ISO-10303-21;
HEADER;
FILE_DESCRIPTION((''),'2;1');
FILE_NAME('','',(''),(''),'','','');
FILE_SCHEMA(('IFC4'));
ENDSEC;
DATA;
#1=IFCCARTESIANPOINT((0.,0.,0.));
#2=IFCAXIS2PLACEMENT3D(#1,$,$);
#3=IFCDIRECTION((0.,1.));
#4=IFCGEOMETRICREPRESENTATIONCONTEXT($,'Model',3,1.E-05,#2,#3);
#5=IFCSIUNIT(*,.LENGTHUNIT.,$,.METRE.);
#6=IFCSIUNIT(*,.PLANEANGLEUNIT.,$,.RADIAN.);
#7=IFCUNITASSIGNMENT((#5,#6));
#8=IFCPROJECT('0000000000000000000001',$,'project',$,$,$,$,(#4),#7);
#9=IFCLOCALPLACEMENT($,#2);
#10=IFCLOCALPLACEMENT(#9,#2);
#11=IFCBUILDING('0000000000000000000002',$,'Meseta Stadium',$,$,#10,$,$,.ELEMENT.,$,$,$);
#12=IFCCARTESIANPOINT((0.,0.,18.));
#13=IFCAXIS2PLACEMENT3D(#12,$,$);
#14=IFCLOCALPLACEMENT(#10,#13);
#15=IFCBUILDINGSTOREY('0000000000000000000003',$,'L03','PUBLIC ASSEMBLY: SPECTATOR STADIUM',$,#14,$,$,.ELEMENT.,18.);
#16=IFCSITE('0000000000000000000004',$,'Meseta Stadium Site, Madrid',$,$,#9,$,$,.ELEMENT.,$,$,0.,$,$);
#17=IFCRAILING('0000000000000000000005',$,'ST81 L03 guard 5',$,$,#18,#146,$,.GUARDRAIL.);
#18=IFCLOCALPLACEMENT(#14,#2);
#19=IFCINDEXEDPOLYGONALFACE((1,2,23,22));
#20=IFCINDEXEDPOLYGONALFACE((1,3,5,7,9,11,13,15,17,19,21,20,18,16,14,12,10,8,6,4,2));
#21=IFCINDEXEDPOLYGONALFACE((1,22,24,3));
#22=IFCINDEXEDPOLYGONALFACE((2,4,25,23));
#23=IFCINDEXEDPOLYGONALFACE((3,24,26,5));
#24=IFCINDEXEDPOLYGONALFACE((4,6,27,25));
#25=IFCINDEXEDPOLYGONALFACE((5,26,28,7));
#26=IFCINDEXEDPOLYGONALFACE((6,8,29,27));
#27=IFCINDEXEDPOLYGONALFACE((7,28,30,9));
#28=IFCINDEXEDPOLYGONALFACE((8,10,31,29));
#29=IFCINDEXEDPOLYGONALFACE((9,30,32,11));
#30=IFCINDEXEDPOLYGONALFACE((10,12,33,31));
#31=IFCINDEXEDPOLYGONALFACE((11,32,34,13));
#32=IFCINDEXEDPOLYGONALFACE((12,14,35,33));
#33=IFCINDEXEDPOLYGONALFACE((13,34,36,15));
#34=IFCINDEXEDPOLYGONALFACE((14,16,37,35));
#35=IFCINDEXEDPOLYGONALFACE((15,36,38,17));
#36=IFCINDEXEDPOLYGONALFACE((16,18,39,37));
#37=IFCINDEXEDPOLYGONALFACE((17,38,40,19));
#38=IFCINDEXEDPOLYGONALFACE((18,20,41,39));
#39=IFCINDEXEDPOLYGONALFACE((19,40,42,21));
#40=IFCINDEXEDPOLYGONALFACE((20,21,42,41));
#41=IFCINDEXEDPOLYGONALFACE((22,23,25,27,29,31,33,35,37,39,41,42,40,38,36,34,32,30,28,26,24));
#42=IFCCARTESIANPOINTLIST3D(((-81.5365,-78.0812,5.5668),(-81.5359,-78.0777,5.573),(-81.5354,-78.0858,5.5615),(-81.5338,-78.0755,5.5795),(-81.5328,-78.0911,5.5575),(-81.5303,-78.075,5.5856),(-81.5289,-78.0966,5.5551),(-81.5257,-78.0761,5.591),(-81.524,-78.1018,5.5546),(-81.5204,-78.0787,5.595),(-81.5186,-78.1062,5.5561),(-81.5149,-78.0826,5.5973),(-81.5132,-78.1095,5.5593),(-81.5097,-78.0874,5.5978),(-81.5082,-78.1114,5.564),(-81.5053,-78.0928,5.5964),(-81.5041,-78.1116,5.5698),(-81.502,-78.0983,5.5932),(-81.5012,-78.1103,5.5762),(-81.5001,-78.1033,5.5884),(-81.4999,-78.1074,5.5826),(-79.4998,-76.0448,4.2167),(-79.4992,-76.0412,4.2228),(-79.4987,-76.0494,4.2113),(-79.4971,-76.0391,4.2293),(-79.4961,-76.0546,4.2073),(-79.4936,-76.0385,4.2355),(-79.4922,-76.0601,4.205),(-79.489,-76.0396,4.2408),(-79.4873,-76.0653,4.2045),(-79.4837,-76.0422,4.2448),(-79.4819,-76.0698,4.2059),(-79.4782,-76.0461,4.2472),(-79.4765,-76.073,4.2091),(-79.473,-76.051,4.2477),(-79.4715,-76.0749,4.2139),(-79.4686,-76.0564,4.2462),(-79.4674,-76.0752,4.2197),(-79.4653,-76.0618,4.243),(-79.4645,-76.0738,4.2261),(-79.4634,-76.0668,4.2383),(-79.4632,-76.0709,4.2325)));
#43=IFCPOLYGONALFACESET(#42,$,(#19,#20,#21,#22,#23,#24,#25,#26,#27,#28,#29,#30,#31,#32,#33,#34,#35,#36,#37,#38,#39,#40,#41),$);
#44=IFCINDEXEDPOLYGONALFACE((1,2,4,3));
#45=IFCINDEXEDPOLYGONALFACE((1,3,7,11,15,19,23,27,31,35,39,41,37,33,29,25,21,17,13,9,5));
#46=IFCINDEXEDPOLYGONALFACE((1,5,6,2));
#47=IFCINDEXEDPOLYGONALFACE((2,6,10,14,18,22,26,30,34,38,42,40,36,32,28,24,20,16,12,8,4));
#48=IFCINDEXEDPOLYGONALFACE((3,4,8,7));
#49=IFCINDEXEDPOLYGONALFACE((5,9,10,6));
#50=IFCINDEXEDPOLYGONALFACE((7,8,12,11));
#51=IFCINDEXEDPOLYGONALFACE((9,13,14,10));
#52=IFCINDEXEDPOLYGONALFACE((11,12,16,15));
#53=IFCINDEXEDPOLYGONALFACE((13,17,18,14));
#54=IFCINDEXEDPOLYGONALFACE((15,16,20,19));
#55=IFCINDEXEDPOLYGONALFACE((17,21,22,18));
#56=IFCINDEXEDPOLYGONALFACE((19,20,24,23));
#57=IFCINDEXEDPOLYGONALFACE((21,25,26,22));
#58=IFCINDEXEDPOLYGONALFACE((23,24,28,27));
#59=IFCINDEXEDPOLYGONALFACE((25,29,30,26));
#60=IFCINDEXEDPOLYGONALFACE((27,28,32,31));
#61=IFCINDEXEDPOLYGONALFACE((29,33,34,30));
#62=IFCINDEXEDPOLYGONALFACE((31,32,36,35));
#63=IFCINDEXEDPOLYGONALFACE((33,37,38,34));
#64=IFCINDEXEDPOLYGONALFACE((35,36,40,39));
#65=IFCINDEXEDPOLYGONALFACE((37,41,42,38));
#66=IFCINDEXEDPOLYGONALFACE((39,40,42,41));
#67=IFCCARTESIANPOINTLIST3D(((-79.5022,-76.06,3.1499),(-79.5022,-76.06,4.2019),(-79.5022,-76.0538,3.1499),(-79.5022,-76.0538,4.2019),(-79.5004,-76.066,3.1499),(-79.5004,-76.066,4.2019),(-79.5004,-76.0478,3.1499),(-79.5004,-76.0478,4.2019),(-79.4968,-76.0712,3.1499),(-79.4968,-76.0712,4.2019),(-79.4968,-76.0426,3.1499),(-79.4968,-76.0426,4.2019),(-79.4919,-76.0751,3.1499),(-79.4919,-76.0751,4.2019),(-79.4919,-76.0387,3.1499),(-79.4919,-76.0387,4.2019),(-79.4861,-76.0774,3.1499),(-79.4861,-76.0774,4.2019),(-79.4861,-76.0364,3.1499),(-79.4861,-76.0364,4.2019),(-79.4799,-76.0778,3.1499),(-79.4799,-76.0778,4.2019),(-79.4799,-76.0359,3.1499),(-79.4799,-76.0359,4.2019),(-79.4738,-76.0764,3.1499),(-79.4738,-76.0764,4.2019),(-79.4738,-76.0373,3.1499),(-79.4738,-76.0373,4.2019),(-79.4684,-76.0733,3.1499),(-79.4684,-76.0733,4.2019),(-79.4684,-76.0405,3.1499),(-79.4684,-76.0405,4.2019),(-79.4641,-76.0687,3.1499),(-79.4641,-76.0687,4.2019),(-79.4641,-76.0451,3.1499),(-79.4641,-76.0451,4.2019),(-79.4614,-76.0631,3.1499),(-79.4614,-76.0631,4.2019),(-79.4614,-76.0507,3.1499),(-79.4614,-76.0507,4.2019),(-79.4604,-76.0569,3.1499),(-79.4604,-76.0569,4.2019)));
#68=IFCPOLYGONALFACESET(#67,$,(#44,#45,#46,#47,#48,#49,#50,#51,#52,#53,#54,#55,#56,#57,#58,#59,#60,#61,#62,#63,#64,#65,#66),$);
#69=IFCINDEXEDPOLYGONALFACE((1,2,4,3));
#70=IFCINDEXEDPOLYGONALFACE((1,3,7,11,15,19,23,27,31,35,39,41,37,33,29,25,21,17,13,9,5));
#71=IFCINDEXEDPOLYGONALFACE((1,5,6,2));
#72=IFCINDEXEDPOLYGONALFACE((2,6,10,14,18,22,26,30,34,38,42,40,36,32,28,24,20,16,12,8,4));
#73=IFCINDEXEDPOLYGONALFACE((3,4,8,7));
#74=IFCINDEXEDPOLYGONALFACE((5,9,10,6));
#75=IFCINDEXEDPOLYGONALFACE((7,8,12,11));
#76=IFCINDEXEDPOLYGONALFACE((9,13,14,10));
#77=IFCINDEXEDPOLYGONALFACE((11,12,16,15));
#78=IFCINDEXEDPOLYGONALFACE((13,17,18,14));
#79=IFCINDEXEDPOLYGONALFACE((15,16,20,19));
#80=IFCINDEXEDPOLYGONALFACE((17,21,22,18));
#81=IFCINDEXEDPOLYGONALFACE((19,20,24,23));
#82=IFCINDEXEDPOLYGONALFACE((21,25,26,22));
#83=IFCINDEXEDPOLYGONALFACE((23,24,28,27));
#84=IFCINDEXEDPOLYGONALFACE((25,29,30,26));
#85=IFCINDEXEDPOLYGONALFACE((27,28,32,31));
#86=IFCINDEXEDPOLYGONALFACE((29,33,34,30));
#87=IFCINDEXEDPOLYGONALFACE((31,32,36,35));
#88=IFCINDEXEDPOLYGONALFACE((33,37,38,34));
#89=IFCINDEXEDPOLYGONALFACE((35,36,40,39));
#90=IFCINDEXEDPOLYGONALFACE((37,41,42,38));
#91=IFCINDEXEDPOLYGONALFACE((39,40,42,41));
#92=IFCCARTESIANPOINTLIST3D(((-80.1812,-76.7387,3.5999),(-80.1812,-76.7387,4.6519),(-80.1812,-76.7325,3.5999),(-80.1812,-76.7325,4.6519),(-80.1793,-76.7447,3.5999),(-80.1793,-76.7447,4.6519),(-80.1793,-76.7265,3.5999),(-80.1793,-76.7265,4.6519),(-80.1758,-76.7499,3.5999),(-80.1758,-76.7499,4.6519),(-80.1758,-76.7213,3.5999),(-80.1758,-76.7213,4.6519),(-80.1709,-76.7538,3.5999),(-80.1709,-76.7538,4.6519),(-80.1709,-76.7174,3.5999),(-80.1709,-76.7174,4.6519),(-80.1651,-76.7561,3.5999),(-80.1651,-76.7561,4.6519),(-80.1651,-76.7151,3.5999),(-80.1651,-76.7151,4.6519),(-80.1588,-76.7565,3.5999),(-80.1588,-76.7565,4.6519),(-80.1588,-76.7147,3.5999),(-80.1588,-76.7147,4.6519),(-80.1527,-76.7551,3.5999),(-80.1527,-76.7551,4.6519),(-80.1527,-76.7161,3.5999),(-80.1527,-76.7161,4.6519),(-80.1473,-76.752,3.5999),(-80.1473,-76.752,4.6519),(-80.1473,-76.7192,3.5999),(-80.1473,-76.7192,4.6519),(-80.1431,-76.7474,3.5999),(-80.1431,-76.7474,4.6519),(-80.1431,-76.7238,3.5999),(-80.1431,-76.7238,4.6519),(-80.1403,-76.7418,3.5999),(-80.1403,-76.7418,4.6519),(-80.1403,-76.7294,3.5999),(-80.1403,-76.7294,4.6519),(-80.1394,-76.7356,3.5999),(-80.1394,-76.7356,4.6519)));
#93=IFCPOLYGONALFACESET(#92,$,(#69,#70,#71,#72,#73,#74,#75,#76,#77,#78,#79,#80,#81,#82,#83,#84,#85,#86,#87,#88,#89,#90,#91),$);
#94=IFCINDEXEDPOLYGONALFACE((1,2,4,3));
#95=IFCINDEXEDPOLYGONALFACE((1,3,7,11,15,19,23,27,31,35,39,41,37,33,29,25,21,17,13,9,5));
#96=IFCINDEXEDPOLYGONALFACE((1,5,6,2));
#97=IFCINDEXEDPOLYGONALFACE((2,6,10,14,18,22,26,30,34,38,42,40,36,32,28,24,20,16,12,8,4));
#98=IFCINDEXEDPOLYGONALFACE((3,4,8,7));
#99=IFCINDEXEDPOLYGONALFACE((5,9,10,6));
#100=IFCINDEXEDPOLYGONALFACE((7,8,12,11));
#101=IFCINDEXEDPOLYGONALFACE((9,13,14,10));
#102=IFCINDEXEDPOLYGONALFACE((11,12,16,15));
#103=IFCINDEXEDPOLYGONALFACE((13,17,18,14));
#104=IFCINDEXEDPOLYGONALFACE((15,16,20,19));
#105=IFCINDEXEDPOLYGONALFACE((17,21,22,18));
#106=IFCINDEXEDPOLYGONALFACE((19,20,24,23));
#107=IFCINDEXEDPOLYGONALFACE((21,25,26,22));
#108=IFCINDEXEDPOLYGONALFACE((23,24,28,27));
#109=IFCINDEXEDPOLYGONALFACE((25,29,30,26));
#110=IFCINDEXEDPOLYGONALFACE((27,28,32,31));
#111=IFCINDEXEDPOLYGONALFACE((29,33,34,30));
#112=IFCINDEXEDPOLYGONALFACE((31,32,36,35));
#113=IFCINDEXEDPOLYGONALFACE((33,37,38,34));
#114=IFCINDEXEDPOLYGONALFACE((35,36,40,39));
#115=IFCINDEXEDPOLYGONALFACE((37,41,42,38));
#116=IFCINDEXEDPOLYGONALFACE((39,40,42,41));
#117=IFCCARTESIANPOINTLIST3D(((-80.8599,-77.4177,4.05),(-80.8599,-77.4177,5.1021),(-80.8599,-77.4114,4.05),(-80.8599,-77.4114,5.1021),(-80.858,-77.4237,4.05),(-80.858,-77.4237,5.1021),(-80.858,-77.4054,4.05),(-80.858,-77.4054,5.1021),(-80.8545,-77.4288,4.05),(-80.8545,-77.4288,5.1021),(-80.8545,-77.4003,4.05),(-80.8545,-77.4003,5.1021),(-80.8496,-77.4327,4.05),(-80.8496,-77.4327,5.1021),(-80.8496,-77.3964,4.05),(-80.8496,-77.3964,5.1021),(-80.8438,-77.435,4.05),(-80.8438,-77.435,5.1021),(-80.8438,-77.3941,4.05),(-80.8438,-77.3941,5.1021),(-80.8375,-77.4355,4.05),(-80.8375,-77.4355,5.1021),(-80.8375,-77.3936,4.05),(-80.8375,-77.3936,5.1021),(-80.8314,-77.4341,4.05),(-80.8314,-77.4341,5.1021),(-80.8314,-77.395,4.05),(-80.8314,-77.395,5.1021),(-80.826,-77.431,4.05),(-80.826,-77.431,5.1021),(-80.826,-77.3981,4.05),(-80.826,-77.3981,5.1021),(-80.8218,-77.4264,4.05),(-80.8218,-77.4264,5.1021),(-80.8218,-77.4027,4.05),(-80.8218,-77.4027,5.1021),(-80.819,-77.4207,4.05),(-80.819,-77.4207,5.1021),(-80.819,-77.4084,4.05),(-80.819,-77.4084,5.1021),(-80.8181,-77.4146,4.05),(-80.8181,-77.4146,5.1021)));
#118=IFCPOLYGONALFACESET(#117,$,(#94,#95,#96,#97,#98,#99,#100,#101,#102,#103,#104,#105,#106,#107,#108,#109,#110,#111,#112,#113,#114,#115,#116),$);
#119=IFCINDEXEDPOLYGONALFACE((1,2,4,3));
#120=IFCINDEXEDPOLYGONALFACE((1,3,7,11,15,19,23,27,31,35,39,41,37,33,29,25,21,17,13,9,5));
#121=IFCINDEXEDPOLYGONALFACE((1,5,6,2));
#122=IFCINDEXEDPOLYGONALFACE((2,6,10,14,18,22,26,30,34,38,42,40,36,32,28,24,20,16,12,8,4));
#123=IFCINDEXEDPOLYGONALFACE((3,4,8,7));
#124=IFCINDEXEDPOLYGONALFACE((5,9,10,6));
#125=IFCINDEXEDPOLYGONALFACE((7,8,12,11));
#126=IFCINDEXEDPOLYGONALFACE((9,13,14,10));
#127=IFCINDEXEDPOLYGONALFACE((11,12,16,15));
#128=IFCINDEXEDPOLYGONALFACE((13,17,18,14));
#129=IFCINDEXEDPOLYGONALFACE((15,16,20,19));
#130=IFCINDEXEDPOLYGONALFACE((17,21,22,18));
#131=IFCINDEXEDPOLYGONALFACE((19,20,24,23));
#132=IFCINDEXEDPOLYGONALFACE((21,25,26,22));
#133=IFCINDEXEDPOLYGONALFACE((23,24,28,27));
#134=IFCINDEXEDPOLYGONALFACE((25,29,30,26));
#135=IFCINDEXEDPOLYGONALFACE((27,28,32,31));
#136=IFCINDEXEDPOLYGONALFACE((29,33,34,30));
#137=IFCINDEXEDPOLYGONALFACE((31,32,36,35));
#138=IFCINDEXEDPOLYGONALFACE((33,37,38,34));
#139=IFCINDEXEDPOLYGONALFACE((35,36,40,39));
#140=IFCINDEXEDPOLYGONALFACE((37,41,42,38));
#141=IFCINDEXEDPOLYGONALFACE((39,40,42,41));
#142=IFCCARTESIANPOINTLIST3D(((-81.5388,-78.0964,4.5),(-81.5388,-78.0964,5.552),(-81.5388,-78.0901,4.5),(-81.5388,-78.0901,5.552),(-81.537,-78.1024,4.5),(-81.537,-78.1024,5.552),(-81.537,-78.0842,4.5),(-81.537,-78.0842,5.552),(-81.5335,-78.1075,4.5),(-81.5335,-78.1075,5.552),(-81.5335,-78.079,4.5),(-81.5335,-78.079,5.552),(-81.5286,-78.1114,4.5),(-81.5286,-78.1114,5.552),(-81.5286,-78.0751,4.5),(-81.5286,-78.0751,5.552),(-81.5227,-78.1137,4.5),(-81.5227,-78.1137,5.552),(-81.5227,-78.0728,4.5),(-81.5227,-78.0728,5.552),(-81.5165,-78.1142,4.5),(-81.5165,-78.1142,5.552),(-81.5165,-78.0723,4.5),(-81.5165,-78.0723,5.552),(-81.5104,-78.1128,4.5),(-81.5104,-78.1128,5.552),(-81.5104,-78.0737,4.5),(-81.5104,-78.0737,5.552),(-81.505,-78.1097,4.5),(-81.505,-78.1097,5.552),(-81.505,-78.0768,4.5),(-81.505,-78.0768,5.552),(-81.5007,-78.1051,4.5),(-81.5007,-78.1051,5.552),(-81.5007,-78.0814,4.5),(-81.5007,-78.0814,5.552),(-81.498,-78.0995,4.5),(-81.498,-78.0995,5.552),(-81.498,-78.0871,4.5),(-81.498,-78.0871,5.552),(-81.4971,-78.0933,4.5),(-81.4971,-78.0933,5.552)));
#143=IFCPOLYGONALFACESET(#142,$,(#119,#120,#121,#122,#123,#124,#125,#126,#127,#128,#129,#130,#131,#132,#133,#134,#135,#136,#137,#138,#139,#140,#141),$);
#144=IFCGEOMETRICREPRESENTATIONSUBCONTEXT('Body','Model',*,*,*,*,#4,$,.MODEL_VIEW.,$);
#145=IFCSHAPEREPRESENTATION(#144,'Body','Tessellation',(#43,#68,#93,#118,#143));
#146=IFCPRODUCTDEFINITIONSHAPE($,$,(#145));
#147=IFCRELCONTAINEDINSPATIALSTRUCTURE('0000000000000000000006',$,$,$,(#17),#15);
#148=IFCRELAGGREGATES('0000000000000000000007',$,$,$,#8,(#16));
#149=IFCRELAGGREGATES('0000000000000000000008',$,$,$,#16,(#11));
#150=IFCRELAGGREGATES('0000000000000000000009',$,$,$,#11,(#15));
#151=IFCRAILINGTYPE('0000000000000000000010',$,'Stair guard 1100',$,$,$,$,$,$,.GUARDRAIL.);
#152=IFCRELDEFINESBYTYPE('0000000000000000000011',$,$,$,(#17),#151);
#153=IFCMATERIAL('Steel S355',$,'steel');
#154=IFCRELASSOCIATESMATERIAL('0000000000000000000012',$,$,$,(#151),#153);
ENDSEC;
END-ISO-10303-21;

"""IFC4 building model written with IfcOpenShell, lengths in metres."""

from ifc_helpers import new_model, si_unit, direction, frame, origin, origin_2d, place, context, subcontext, project, spatial, circle, extrude, material, type_object, element, save


model = new_model("IFC4")

# Units and contexts
model_context = context("Model", 3, precision=1e-05, world=origin(), true_north=direction((0.0, 1.0)))
body_context = subcontext(model_context, "Body", "Model", "MODEL_VIEW")
ifc_project = project(units=[si_unit("LENGTHUNIT", "METRE"), si_unit("PLANEANGLEUNIT", "RADIAN")], contexts=[model_context])

# Site, building, storey
site_placement = place(None, origin())
site = spatial("IfcSite", under=ifc_project, at=site_placement, Name="Meseta Stadium Site, Madrid", CompositionType="ELEMENT", RefElevation=0.0)
building_placement = place(site_placement, origin())
building = spatial("IfcBuilding", under=site, at=building_placement, Name="Meseta Stadium", CompositionType="ELEMENT")
storey_placement = place(building_placement, frame((0.0, 0.0, 18.0)))
storey = spatial("IfcBuildingStorey", under=building, at=storey_placement, Name="L03", Description="PUBLIC ASSEMBLY: SPECTATOR STADIUM", CompositionType="ELEMENT", Elevation=18.0)

# Railing
ifc_material_1 = material(Name="Steel S355", Category="steel")
railing_type_1 = type_object("IfcRailingType", Name="Stair guard 1100", PredefinedType="GUARDRAIL", material=ifc_material_1)
railing_1_placement = place(storey_placement, frame((-79.4814, -76.0569, 3.1499)))
element("IfcRailing", 1, at=railing_1_placement, inside=storey, type_object=railing_type_1, Name="ST81 L03 guard 5", PredefinedType="GUARDRAIL", context=body_context, shape_type="SweptSolid", body=[
    extrude(circle(Radius=0.0239, at=origin_2d()), frame((0.0, 0.0, 1.0762), z_axis=(-0.640288, -0.640211, 0.424454), x_axis=(0.707064, -0.707149, 0.0)), (0.0, 0.0, 1.0), 3.1809),
    extrude(circle(Radius=0.021, at=origin_2d()), origin(), (0.0, 0.0, 1.0), 1.052),
    extrude(circle(Radius=0.021, at=origin_2d()), frame((-0.679, -0.6787, 0.45)), (0.0, 0.0, 1.0), 1.052),
    extrude(circle(Radius=0.021, at=origin_2d()), frame((-1.3577, -1.3577, 0.9001)), (0.0, 0.0, 1.0), 1.052),
    extrude(circle(Radius=0.021, at=origin_2d()), frame((-2.0366, -2.0364, 1.3501)), (0.0, 0.0, 1.0), 1.052),
])

save(model, "model.ifc")
